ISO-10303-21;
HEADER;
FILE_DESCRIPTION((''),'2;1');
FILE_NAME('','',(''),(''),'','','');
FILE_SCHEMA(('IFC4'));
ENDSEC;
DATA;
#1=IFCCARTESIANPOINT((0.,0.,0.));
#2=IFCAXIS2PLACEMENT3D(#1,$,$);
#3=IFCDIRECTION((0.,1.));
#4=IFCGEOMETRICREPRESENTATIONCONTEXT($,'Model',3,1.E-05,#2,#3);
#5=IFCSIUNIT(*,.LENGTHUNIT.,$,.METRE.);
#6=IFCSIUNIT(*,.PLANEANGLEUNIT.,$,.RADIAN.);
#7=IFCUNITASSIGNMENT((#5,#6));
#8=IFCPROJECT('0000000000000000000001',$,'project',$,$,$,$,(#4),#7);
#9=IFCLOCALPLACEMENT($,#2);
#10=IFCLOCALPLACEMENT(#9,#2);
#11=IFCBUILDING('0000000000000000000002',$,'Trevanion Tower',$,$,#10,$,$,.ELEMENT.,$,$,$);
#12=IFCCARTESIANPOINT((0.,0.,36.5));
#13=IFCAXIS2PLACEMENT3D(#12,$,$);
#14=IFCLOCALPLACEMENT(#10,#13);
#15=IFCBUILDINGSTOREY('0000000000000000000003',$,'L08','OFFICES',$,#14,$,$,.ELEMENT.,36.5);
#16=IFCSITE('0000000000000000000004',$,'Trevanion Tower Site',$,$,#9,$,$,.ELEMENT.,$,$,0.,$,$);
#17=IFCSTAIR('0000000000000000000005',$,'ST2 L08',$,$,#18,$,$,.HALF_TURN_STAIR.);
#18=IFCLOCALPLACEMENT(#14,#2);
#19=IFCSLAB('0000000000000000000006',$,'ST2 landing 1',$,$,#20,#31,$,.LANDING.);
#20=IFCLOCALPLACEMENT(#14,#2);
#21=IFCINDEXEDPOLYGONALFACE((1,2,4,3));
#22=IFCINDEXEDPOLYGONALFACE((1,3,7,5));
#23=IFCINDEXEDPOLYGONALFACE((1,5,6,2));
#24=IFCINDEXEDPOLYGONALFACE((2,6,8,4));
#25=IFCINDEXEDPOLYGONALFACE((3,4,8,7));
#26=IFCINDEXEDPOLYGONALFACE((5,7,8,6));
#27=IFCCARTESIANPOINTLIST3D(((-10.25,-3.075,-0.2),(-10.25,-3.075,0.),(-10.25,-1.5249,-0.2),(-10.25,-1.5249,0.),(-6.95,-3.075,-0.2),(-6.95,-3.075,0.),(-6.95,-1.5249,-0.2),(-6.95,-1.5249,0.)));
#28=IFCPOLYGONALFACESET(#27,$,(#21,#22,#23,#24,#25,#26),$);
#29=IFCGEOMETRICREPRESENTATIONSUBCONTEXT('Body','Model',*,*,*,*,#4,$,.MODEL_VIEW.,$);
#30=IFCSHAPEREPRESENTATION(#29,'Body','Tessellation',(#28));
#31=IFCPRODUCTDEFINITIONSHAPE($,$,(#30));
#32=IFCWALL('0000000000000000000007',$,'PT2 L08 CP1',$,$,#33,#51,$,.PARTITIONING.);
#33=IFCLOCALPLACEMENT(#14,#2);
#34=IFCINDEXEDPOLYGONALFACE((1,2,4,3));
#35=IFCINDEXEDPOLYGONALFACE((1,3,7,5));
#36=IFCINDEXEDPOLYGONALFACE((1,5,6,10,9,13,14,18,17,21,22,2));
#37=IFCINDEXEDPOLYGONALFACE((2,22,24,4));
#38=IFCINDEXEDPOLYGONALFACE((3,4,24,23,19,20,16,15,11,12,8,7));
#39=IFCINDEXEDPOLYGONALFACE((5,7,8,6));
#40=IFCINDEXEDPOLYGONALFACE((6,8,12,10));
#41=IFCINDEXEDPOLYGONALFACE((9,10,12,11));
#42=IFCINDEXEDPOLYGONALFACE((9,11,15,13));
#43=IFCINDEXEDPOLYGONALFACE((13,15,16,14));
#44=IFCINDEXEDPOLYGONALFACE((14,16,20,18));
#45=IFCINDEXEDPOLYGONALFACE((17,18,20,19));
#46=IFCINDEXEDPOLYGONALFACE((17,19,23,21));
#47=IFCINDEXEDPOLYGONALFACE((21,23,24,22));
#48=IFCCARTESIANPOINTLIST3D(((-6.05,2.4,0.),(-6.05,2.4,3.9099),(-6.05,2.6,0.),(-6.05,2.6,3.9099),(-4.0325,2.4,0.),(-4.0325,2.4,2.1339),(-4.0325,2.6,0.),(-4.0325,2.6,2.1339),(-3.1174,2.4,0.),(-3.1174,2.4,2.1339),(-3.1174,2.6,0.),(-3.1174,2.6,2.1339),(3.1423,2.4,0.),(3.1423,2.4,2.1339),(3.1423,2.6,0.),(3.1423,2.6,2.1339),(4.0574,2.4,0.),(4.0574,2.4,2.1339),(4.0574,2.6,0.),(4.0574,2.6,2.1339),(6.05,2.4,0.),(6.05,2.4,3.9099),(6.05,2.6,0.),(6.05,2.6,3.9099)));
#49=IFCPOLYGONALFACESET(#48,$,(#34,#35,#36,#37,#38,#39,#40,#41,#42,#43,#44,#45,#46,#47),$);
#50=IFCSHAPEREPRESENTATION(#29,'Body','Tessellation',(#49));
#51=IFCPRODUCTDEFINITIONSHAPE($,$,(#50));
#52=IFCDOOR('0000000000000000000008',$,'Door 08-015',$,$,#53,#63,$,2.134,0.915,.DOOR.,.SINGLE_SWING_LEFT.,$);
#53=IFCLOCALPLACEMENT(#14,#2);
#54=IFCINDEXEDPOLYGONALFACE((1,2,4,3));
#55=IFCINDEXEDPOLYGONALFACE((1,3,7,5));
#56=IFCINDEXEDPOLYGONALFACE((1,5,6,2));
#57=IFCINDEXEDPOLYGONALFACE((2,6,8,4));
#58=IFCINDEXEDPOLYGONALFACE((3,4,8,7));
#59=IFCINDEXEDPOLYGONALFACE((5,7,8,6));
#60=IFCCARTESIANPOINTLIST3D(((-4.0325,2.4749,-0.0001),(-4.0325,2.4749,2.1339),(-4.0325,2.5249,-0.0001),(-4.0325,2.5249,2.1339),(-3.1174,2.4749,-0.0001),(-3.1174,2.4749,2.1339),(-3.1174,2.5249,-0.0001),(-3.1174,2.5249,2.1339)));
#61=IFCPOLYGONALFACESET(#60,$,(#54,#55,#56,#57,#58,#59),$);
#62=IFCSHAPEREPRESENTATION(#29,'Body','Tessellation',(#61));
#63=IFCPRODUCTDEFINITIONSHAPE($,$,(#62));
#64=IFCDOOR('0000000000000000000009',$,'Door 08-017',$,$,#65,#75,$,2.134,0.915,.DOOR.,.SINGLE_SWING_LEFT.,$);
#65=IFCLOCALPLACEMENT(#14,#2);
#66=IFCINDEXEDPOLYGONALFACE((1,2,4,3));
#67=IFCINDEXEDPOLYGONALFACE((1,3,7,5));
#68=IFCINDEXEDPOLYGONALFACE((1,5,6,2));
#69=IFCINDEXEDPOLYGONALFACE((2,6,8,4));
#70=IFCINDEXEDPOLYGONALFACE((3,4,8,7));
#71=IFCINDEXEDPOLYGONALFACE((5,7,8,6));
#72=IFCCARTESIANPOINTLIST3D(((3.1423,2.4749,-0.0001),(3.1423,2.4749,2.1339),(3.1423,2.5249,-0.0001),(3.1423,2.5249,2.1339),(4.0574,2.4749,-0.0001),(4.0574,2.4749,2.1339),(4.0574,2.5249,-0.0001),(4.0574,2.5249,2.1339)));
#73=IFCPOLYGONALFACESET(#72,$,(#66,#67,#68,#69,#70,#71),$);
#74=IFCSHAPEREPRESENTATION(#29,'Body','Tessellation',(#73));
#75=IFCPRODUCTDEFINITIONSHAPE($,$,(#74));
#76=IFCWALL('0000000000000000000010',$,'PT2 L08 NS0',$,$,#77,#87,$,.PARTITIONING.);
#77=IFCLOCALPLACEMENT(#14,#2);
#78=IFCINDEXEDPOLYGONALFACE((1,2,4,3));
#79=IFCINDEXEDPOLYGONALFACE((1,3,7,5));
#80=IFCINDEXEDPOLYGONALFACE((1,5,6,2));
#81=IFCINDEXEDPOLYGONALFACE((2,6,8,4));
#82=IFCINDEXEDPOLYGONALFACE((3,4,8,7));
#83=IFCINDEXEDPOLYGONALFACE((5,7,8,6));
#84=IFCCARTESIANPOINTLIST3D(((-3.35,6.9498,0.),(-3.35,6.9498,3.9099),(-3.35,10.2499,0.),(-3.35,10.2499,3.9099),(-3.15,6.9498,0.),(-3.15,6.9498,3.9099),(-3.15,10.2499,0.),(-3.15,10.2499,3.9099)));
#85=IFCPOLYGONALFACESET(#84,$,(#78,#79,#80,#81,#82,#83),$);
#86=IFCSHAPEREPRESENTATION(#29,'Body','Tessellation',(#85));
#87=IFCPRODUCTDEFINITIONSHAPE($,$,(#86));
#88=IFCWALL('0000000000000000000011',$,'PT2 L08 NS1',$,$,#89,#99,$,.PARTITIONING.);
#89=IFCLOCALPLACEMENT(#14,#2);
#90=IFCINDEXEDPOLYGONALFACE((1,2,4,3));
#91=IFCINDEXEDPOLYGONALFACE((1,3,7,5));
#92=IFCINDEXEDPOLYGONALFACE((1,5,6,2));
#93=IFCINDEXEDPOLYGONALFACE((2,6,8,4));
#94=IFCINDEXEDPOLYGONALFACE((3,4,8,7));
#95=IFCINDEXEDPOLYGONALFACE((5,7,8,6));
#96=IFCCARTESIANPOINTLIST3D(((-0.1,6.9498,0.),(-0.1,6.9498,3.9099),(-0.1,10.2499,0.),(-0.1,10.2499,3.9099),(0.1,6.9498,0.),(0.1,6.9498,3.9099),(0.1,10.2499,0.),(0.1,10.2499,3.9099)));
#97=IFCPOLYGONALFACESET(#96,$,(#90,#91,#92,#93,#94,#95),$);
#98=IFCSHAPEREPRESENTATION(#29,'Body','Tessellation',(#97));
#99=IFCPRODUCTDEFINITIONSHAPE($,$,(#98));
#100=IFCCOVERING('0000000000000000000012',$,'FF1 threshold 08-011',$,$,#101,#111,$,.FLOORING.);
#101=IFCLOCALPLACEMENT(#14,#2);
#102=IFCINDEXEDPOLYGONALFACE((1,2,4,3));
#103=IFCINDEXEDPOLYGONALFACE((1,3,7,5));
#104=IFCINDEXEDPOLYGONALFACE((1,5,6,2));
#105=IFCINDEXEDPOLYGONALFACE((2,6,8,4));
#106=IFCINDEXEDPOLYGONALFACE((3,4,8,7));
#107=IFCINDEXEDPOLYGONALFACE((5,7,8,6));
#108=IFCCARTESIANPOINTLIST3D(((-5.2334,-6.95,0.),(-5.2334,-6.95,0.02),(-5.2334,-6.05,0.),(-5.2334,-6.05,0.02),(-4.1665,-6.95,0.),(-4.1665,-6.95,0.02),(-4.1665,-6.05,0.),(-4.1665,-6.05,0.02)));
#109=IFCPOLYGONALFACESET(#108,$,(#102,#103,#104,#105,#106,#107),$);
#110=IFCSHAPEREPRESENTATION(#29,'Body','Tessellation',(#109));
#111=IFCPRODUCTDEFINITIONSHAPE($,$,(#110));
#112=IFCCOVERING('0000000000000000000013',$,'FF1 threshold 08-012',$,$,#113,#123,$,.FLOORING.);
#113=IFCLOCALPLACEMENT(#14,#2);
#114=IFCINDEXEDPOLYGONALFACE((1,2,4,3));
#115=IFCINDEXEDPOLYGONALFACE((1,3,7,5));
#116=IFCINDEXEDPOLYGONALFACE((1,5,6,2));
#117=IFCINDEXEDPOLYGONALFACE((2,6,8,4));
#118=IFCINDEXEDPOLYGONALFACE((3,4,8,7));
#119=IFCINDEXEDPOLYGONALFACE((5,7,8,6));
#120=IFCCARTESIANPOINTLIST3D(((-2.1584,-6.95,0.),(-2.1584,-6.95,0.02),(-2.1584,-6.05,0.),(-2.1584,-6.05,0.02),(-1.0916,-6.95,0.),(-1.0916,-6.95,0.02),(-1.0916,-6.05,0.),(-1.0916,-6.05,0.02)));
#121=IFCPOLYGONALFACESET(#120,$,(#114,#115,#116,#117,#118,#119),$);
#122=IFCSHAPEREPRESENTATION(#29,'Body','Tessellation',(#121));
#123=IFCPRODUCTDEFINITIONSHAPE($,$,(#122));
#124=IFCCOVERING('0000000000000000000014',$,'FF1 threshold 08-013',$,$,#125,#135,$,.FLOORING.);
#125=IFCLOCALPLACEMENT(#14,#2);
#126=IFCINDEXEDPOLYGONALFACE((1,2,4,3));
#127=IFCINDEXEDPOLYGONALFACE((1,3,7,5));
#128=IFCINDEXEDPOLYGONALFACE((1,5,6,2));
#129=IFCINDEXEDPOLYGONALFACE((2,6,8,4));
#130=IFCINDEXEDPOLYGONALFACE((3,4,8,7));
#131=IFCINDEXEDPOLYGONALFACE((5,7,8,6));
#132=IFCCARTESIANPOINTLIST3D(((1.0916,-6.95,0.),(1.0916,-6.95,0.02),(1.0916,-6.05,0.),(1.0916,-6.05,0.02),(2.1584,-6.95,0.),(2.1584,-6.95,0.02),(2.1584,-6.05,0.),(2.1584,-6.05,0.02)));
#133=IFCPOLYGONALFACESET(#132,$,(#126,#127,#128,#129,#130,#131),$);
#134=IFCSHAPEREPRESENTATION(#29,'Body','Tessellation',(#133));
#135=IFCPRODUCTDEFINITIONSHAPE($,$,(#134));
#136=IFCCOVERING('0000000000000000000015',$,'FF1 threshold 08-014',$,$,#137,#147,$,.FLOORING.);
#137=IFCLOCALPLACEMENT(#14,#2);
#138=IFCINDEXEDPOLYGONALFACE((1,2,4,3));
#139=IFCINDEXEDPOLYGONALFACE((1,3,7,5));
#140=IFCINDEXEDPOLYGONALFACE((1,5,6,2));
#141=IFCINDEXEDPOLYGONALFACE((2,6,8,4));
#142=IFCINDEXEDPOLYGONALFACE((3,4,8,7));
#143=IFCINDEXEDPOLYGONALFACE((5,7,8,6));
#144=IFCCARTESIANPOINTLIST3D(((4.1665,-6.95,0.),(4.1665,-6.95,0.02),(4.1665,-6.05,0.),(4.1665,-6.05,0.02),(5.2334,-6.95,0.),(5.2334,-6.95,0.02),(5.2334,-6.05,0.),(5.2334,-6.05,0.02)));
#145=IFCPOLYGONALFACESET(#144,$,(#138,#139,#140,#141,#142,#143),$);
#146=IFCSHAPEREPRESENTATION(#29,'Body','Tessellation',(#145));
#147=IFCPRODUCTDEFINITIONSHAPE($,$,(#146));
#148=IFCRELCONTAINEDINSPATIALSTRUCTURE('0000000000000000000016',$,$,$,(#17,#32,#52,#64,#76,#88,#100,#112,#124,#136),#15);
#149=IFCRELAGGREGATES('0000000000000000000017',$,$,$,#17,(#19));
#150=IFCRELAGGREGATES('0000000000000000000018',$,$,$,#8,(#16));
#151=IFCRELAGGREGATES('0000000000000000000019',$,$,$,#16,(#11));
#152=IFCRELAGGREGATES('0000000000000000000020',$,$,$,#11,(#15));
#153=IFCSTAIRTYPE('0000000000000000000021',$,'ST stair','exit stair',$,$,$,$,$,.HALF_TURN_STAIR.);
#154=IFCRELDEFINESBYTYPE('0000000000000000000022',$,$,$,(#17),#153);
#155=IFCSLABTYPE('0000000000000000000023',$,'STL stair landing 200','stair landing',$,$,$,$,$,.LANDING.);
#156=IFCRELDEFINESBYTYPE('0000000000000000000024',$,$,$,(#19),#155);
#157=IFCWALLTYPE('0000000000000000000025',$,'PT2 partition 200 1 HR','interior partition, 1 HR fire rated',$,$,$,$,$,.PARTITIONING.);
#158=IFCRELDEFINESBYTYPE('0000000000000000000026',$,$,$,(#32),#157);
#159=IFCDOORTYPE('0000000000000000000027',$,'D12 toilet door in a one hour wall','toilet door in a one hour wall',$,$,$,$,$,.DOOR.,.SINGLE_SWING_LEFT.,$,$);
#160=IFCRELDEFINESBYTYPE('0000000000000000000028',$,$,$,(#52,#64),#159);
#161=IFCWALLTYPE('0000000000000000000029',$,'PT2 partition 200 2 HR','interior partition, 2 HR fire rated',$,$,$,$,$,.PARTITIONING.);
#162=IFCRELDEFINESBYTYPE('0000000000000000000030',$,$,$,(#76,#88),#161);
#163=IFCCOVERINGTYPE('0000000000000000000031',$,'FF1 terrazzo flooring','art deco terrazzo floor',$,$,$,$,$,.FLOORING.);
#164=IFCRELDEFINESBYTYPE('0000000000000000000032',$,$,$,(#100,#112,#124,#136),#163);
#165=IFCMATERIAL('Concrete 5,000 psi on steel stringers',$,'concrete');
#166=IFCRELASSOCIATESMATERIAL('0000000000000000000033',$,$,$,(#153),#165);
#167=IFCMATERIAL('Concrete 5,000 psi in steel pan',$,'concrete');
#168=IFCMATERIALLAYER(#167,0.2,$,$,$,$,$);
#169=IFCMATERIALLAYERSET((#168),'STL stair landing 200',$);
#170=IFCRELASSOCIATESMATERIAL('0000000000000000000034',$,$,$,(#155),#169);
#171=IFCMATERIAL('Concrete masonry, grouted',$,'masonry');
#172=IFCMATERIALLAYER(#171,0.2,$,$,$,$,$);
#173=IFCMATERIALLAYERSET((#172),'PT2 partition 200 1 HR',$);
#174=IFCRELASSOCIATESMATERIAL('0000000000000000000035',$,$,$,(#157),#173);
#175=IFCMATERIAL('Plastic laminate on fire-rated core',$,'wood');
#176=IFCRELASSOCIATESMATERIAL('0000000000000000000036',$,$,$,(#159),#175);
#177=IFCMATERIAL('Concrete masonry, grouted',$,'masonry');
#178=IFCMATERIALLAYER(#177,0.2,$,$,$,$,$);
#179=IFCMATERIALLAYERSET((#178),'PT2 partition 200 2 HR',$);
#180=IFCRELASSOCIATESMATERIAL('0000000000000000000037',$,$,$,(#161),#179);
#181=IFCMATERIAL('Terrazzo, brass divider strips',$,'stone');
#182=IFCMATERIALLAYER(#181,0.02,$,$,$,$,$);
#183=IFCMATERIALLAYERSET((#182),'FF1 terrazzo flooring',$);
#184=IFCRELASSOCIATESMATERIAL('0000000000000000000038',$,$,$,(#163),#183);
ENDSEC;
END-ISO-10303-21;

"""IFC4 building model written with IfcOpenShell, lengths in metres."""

from ifc_helpers import new_model, si_unit, direction, frame, frame_2d, origin, place, context, subcontext, project, spatial, polyline, rectangle, outline, extrude, material, layer, layer_set, type_object, element, fill, aggregate, save


model = new_model("IFC4")

# Units and contexts
model_context = context("Model", 3, precision=1e-05, world=origin(), true_north=direction((0.0, 1.0)))
body_context = subcontext(model_context, "Body", "Model", "MODEL_VIEW")
ifc_project = project(units=[si_unit("LENGTHUNIT", "METRE"), si_unit("PLANEANGLEUNIT", "RADIAN")], contexts=[model_context])

# Site, building, storey
site_placement = place(None, origin())
site = spatial("IfcSite", under=ifc_project, at=site_placement, Name="Trevanion Tower Site", CompositionType="ELEMENT", RefElevation=0.0)
building_placement = place(site_placement, origin())
building = spatial("IfcBuilding", under=site, at=building_placement, Name="Trevanion Tower", CompositionType="ELEMENT")
storey_placement = place(building_placement, frame((0.0, 0.0, 36.5)))
storey = spatial("IfcBuildingStorey", under=building, at=storey_placement, Name="L08", Description="OFFICES", CompositionType="ELEMENT", Elevation=36.5)

# Shared definitions
ifc_material_1 = material(Name="Concrete 5,000 psi on steel stringers", Category="concrete")
stair_type = type_object("IfcStairType", Name="ST stair", Description="exit stair", PredefinedType="HALF_TURN_STAIR", material=ifc_material_1)
ifc_material_2 = material(Name="Concrete 5,000 psi in steel pan", Category="concrete")
ifc_layer_1 = layer(ifc_material_2, 0.2)
ifc_layer_set_1 = layer_set([ifc_layer_1], Name="STL stair landing 200")
slab_type_1 = type_object("IfcSlabType", Name="STL stair landing 200", Description="stair landing", PredefinedType="LANDING", material=ifc_layer_set_1)

# Stair, slab
stair_1_placement = place(storey_placement, origin())
stair_1 = element("IfcStair", 1, at=stair_1_placement, inside=storey, type_object=stair_type, Name="ST2 L08", PredefinedType="HALF_TURN_STAIR")
slab_1_placement = place(storey_placement, frame((0.0, 0.0, -0.2)))
slab_1 = element("IfcSlab", 2, at=slab_1_placement, type_object=slab_type_1, Name="ST2 landing 1", PredefinedType="LANDING", context=body_context, shape_type="SweptSolid", body=[
    extrude(outline(polyline([(-6.95, -1.5249), (-10.25, -1.5249), (-10.25, -3.075), (-6.95, -3.075), (-6.95, -1.5249)])), origin(), (0.0, 0.0, 1.0), 0.2),
])
aggregate(stair_1, [slab_1])

# Wall, openings, doors
ifc_material_3 = material(Name="Concrete masonry, grouted", Category="masonry")
ifc_layer_2 = layer(ifc_material_3, 0.2)
ifc_layer_set_2 = layer_set([ifc_layer_2], Name="PT2 partition 200 1 HR")
wall_type_1 = type_object("IfcWallType", Name="PT2 partition 200 1 HR", Description="interior partition, 1 HR fire rated", PredefinedType="PARTITIONING", material=ifc_layer_set_2)
wall_placement = place(storey_placement, frame((-6.05, 2.5, 0.0), z_axis=(0.0, 0.0, 1.0), x_axis=(1.0, 0.0, 0.0)))
wall = element("IfcWall", 3, at=wall_placement, inside=storey, type_object=wall_type_1, Name="PT2 L08 CP1", PredefinedType="PARTITIONING", context=body_context, shape_type="SweptSolid", body=[
    extrude(rectangle(XDim=12.1001, YDim=0.2, at=frame_2d((6.05, 0.0))), origin(), (0.0, 0.0, 1.0), 3.9099),
])
opening_1_placement = place(wall_placement, frame((2.0176, 0.0, 0.0)))
opening_1 = element("IfcOpeningElement", 4, at=opening_1_placement, cuts=wall, PredefinedType="OPENING", context=body_context, shape_type="SweptSolid", body=[
    extrude(rectangle(XDim=0.915, YDim=2.134, at=frame_2d((0.4575, 1.0669))), frame((0.0, 0.1099, 0.0), z_axis=(0.0, -1.0, 0.0), x_axis=(1.0, 0.0, 0.0)), (0.0, 0.0, 1.0), 0.22),
])
opening_2_placement = place(wall_placement, frame((9.1924, 0.0, 0.0)))
opening_2 = element("IfcOpeningElement", 5, at=opening_2_placement, cuts=wall, PredefinedType="OPENING", context=body_context, shape_type="SweptSolid", body=[
    extrude(rectangle(XDim=0.915, YDim=2.134, at=frame_2d((0.4575, 1.0669))), frame((0.0, 0.1099, 0.0), z_axis=(0.0, -1.0, 0.0), x_axis=(1.0, 0.0, 0.0)), (0.0, 0.0, 1.0), 0.22),
])
ifc_material_4 = material(Name="Plastic laminate on fire-rated core", Category="wood")
door_type = type_object("IfcDoorType", Name="D12 toilet door in a one hour wall", Description="toilet door in a one hour wall", OperationType="SINGLE_SWING_LEFT", PredefinedType="DOOR", material=ifc_material_4)
door_1_placement = place(opening_1_placement, origin())
door_1 = element("IfcDoor", 6, at=door_1_placement, inside=storey, type_object=door_type, Name="Door 08-015", OperationType="SINGLE_SWING_LEFT", OverallHeight=2.134, OverallWidth=0.915, PredefinedType="DOOR", context=body_context, shape_type="SweptSolid", body=[
    extrude(rectangle(XDim=0.915, YDim=2.134, at=frame_2d((0.4575, 1.0669))), frame((0.0, 0.0249, 0.0), z_axis=(0.0, -1.0, 0.0), x_axis=(1.0, 0.0, 0.0)), (0.0, 0.0, 1.0), 0.05),
])
fill(opening_1, door_1)
door_2_placement = place(opening_2_placement, origin())
door_2 = element("IfcDoor", 7, at=door_2_placement, inside=storey, type_object=door_type, Name="Door 08-017", OperationType="SINGLE_SWING_LEFT", OverallHeight=2.134, OverallWidth=0.915, PredefinedType="DOOR", context=body_context, shape_type="SweptSolid", body=[
    extrude(rectangle(XDim=0.915, YDim=2.134, at=frame_2d((0.4575, 1.0669))), frame((0.0, 0.0249, 0.0), z_axis=(0.0, -1.0, 0.0), x_axis=(1.0, 0.0, 0.0)), (0.0, 0.0, 1.0), 0.05),
])
fill(opening_2, door_2)

# Walls
ifc_material_5 = material(Name="Concrete masonry, grouted", Category="masonry")
ifc_layer_3 = layer(ifc_material_5, 0.2)
ifc_layer_set_3 = layer_set([ifc_layer_3], Name="PT2 partition 200 2 HR")
wall_type_2 = type_object("IfcWallType", Name="PT2 partition 200 2 HR", Description="interior partition, 2 HR fire rated", PredefinedType="PARTITIONING", material=ifc_layer_set_3)
for number, where, z_axis, x_axis, name in (
    (8, (-3.25, 6.95, 0.0), (0.0, 0.0, 1.0), (0.0, 1.0, 0.0), "PT2 L08 NS0"),
    (9, (0.0, 6.95, 0.0), (0.0, 0.0, 1.0), (0.0, 1.0, 0.0), "PT2 L08 NS1"),
):
    element("IfcWall", number, at=place(storey_placement, frame(where, z_axis=z_axis, x_axis=x_axis)), inside=storey, type_object=wall_type_2, Name=name, PredefinedType="PARTITIONING", context=body_context, shape_type="SweptSolid", body=[
        extrude(rectangle(XDim=3.3, YDim=0.2, at=frame_2d((1.6499, 0.0))), origin(), (0.0, 0.0, 1.0), 3.9099),
    ])

# Coverings
ifc_material_6 = material(Name="Terrazzo, brass divider strips", Category="stone")
ifc_layer_4 = layer(ifc_material_6, 0.02)
ifc_layer_set_4 = layer_set([ifc_layer_4], Name="FF1 terrazzo flooring")
covering_type = type_object("IfcCoveringType", Name="FF1 terrazzo flooring", Description="art deco terrazzo floor", PredefinedType="FLOORING", material=ifc_layer_set_4)
covering_1_placement = place(storey_placement, origin())
element("IfcCovering", 10, at=covering_1_placement, inside=storey, type_object=covering_type, Name="FF1 threshold 08-011", PredefinedType="FLOORING", context=body_context, shape_type="SweptSolid", body=[
    extrude(outline(polyline([(-5.2334, -6.95), (-4.1665, -6.95), (-4.1665, -6.05), (-5.2334, -6.05), (-5.2334, -6.95)])), origin(), (0.0, 0.0, 1.0), 0.02),
])
covering_2_placement = place(storey_placement, origin())
element("IfcCovering", 11, at=covering_2_placement, inside=storey, type_object=covering_type, Name="FF1 threshold 08-012", PredefinedType="FLOORING", context=body_context, shape_type="SweptSolid", body=[
    extrude(outline(polyline([(-2.1584, -6.95), (-1.0916, -6.95), (-1.0916, -6.05), (-2.1584, -6.05), (-2.1584, -6.95)])), origin(), (0.0, 0.0, 1.0), 0.02),
])
covering_3_placement = place(storey_placement, origin())
element("IfcCovering", 12, at=covering_3_placement, inside=storey, type_object=covering_type, Name="FF1 threshold 08-013", PredefinedType="FLOORING", context=body_context, shape_type="SweptSolid", body=[
    extrude(outline(polyline([(1.0916, -6.95), (2.1584, -6.95), (2.1584, -6.05), (1.0916, -6.05), (1.0916, -6.95)])), origin(), (0.0, 0.0, 1.0), 0.02),
])
covering_4_placement = place(storey_placement, origin())
element("IfcCovering", 13, at=covering_4_placement, inside=storey, type_object=covering_type, Name="FF1 threshold 08-014", PredefinedType="FLOORING", context=body_context, shape_type="SweptSolid", body=[
    extrude(outline(polyline([(4.1665, -6.95), (5.2334, -6.95), (5.2334, -6.05), (4.1665, -6.05), (4.1665, -6.95)])), origin(), (0.0, 0.0, 1.0), 0.02),
])

save(model, "model.ifc")
